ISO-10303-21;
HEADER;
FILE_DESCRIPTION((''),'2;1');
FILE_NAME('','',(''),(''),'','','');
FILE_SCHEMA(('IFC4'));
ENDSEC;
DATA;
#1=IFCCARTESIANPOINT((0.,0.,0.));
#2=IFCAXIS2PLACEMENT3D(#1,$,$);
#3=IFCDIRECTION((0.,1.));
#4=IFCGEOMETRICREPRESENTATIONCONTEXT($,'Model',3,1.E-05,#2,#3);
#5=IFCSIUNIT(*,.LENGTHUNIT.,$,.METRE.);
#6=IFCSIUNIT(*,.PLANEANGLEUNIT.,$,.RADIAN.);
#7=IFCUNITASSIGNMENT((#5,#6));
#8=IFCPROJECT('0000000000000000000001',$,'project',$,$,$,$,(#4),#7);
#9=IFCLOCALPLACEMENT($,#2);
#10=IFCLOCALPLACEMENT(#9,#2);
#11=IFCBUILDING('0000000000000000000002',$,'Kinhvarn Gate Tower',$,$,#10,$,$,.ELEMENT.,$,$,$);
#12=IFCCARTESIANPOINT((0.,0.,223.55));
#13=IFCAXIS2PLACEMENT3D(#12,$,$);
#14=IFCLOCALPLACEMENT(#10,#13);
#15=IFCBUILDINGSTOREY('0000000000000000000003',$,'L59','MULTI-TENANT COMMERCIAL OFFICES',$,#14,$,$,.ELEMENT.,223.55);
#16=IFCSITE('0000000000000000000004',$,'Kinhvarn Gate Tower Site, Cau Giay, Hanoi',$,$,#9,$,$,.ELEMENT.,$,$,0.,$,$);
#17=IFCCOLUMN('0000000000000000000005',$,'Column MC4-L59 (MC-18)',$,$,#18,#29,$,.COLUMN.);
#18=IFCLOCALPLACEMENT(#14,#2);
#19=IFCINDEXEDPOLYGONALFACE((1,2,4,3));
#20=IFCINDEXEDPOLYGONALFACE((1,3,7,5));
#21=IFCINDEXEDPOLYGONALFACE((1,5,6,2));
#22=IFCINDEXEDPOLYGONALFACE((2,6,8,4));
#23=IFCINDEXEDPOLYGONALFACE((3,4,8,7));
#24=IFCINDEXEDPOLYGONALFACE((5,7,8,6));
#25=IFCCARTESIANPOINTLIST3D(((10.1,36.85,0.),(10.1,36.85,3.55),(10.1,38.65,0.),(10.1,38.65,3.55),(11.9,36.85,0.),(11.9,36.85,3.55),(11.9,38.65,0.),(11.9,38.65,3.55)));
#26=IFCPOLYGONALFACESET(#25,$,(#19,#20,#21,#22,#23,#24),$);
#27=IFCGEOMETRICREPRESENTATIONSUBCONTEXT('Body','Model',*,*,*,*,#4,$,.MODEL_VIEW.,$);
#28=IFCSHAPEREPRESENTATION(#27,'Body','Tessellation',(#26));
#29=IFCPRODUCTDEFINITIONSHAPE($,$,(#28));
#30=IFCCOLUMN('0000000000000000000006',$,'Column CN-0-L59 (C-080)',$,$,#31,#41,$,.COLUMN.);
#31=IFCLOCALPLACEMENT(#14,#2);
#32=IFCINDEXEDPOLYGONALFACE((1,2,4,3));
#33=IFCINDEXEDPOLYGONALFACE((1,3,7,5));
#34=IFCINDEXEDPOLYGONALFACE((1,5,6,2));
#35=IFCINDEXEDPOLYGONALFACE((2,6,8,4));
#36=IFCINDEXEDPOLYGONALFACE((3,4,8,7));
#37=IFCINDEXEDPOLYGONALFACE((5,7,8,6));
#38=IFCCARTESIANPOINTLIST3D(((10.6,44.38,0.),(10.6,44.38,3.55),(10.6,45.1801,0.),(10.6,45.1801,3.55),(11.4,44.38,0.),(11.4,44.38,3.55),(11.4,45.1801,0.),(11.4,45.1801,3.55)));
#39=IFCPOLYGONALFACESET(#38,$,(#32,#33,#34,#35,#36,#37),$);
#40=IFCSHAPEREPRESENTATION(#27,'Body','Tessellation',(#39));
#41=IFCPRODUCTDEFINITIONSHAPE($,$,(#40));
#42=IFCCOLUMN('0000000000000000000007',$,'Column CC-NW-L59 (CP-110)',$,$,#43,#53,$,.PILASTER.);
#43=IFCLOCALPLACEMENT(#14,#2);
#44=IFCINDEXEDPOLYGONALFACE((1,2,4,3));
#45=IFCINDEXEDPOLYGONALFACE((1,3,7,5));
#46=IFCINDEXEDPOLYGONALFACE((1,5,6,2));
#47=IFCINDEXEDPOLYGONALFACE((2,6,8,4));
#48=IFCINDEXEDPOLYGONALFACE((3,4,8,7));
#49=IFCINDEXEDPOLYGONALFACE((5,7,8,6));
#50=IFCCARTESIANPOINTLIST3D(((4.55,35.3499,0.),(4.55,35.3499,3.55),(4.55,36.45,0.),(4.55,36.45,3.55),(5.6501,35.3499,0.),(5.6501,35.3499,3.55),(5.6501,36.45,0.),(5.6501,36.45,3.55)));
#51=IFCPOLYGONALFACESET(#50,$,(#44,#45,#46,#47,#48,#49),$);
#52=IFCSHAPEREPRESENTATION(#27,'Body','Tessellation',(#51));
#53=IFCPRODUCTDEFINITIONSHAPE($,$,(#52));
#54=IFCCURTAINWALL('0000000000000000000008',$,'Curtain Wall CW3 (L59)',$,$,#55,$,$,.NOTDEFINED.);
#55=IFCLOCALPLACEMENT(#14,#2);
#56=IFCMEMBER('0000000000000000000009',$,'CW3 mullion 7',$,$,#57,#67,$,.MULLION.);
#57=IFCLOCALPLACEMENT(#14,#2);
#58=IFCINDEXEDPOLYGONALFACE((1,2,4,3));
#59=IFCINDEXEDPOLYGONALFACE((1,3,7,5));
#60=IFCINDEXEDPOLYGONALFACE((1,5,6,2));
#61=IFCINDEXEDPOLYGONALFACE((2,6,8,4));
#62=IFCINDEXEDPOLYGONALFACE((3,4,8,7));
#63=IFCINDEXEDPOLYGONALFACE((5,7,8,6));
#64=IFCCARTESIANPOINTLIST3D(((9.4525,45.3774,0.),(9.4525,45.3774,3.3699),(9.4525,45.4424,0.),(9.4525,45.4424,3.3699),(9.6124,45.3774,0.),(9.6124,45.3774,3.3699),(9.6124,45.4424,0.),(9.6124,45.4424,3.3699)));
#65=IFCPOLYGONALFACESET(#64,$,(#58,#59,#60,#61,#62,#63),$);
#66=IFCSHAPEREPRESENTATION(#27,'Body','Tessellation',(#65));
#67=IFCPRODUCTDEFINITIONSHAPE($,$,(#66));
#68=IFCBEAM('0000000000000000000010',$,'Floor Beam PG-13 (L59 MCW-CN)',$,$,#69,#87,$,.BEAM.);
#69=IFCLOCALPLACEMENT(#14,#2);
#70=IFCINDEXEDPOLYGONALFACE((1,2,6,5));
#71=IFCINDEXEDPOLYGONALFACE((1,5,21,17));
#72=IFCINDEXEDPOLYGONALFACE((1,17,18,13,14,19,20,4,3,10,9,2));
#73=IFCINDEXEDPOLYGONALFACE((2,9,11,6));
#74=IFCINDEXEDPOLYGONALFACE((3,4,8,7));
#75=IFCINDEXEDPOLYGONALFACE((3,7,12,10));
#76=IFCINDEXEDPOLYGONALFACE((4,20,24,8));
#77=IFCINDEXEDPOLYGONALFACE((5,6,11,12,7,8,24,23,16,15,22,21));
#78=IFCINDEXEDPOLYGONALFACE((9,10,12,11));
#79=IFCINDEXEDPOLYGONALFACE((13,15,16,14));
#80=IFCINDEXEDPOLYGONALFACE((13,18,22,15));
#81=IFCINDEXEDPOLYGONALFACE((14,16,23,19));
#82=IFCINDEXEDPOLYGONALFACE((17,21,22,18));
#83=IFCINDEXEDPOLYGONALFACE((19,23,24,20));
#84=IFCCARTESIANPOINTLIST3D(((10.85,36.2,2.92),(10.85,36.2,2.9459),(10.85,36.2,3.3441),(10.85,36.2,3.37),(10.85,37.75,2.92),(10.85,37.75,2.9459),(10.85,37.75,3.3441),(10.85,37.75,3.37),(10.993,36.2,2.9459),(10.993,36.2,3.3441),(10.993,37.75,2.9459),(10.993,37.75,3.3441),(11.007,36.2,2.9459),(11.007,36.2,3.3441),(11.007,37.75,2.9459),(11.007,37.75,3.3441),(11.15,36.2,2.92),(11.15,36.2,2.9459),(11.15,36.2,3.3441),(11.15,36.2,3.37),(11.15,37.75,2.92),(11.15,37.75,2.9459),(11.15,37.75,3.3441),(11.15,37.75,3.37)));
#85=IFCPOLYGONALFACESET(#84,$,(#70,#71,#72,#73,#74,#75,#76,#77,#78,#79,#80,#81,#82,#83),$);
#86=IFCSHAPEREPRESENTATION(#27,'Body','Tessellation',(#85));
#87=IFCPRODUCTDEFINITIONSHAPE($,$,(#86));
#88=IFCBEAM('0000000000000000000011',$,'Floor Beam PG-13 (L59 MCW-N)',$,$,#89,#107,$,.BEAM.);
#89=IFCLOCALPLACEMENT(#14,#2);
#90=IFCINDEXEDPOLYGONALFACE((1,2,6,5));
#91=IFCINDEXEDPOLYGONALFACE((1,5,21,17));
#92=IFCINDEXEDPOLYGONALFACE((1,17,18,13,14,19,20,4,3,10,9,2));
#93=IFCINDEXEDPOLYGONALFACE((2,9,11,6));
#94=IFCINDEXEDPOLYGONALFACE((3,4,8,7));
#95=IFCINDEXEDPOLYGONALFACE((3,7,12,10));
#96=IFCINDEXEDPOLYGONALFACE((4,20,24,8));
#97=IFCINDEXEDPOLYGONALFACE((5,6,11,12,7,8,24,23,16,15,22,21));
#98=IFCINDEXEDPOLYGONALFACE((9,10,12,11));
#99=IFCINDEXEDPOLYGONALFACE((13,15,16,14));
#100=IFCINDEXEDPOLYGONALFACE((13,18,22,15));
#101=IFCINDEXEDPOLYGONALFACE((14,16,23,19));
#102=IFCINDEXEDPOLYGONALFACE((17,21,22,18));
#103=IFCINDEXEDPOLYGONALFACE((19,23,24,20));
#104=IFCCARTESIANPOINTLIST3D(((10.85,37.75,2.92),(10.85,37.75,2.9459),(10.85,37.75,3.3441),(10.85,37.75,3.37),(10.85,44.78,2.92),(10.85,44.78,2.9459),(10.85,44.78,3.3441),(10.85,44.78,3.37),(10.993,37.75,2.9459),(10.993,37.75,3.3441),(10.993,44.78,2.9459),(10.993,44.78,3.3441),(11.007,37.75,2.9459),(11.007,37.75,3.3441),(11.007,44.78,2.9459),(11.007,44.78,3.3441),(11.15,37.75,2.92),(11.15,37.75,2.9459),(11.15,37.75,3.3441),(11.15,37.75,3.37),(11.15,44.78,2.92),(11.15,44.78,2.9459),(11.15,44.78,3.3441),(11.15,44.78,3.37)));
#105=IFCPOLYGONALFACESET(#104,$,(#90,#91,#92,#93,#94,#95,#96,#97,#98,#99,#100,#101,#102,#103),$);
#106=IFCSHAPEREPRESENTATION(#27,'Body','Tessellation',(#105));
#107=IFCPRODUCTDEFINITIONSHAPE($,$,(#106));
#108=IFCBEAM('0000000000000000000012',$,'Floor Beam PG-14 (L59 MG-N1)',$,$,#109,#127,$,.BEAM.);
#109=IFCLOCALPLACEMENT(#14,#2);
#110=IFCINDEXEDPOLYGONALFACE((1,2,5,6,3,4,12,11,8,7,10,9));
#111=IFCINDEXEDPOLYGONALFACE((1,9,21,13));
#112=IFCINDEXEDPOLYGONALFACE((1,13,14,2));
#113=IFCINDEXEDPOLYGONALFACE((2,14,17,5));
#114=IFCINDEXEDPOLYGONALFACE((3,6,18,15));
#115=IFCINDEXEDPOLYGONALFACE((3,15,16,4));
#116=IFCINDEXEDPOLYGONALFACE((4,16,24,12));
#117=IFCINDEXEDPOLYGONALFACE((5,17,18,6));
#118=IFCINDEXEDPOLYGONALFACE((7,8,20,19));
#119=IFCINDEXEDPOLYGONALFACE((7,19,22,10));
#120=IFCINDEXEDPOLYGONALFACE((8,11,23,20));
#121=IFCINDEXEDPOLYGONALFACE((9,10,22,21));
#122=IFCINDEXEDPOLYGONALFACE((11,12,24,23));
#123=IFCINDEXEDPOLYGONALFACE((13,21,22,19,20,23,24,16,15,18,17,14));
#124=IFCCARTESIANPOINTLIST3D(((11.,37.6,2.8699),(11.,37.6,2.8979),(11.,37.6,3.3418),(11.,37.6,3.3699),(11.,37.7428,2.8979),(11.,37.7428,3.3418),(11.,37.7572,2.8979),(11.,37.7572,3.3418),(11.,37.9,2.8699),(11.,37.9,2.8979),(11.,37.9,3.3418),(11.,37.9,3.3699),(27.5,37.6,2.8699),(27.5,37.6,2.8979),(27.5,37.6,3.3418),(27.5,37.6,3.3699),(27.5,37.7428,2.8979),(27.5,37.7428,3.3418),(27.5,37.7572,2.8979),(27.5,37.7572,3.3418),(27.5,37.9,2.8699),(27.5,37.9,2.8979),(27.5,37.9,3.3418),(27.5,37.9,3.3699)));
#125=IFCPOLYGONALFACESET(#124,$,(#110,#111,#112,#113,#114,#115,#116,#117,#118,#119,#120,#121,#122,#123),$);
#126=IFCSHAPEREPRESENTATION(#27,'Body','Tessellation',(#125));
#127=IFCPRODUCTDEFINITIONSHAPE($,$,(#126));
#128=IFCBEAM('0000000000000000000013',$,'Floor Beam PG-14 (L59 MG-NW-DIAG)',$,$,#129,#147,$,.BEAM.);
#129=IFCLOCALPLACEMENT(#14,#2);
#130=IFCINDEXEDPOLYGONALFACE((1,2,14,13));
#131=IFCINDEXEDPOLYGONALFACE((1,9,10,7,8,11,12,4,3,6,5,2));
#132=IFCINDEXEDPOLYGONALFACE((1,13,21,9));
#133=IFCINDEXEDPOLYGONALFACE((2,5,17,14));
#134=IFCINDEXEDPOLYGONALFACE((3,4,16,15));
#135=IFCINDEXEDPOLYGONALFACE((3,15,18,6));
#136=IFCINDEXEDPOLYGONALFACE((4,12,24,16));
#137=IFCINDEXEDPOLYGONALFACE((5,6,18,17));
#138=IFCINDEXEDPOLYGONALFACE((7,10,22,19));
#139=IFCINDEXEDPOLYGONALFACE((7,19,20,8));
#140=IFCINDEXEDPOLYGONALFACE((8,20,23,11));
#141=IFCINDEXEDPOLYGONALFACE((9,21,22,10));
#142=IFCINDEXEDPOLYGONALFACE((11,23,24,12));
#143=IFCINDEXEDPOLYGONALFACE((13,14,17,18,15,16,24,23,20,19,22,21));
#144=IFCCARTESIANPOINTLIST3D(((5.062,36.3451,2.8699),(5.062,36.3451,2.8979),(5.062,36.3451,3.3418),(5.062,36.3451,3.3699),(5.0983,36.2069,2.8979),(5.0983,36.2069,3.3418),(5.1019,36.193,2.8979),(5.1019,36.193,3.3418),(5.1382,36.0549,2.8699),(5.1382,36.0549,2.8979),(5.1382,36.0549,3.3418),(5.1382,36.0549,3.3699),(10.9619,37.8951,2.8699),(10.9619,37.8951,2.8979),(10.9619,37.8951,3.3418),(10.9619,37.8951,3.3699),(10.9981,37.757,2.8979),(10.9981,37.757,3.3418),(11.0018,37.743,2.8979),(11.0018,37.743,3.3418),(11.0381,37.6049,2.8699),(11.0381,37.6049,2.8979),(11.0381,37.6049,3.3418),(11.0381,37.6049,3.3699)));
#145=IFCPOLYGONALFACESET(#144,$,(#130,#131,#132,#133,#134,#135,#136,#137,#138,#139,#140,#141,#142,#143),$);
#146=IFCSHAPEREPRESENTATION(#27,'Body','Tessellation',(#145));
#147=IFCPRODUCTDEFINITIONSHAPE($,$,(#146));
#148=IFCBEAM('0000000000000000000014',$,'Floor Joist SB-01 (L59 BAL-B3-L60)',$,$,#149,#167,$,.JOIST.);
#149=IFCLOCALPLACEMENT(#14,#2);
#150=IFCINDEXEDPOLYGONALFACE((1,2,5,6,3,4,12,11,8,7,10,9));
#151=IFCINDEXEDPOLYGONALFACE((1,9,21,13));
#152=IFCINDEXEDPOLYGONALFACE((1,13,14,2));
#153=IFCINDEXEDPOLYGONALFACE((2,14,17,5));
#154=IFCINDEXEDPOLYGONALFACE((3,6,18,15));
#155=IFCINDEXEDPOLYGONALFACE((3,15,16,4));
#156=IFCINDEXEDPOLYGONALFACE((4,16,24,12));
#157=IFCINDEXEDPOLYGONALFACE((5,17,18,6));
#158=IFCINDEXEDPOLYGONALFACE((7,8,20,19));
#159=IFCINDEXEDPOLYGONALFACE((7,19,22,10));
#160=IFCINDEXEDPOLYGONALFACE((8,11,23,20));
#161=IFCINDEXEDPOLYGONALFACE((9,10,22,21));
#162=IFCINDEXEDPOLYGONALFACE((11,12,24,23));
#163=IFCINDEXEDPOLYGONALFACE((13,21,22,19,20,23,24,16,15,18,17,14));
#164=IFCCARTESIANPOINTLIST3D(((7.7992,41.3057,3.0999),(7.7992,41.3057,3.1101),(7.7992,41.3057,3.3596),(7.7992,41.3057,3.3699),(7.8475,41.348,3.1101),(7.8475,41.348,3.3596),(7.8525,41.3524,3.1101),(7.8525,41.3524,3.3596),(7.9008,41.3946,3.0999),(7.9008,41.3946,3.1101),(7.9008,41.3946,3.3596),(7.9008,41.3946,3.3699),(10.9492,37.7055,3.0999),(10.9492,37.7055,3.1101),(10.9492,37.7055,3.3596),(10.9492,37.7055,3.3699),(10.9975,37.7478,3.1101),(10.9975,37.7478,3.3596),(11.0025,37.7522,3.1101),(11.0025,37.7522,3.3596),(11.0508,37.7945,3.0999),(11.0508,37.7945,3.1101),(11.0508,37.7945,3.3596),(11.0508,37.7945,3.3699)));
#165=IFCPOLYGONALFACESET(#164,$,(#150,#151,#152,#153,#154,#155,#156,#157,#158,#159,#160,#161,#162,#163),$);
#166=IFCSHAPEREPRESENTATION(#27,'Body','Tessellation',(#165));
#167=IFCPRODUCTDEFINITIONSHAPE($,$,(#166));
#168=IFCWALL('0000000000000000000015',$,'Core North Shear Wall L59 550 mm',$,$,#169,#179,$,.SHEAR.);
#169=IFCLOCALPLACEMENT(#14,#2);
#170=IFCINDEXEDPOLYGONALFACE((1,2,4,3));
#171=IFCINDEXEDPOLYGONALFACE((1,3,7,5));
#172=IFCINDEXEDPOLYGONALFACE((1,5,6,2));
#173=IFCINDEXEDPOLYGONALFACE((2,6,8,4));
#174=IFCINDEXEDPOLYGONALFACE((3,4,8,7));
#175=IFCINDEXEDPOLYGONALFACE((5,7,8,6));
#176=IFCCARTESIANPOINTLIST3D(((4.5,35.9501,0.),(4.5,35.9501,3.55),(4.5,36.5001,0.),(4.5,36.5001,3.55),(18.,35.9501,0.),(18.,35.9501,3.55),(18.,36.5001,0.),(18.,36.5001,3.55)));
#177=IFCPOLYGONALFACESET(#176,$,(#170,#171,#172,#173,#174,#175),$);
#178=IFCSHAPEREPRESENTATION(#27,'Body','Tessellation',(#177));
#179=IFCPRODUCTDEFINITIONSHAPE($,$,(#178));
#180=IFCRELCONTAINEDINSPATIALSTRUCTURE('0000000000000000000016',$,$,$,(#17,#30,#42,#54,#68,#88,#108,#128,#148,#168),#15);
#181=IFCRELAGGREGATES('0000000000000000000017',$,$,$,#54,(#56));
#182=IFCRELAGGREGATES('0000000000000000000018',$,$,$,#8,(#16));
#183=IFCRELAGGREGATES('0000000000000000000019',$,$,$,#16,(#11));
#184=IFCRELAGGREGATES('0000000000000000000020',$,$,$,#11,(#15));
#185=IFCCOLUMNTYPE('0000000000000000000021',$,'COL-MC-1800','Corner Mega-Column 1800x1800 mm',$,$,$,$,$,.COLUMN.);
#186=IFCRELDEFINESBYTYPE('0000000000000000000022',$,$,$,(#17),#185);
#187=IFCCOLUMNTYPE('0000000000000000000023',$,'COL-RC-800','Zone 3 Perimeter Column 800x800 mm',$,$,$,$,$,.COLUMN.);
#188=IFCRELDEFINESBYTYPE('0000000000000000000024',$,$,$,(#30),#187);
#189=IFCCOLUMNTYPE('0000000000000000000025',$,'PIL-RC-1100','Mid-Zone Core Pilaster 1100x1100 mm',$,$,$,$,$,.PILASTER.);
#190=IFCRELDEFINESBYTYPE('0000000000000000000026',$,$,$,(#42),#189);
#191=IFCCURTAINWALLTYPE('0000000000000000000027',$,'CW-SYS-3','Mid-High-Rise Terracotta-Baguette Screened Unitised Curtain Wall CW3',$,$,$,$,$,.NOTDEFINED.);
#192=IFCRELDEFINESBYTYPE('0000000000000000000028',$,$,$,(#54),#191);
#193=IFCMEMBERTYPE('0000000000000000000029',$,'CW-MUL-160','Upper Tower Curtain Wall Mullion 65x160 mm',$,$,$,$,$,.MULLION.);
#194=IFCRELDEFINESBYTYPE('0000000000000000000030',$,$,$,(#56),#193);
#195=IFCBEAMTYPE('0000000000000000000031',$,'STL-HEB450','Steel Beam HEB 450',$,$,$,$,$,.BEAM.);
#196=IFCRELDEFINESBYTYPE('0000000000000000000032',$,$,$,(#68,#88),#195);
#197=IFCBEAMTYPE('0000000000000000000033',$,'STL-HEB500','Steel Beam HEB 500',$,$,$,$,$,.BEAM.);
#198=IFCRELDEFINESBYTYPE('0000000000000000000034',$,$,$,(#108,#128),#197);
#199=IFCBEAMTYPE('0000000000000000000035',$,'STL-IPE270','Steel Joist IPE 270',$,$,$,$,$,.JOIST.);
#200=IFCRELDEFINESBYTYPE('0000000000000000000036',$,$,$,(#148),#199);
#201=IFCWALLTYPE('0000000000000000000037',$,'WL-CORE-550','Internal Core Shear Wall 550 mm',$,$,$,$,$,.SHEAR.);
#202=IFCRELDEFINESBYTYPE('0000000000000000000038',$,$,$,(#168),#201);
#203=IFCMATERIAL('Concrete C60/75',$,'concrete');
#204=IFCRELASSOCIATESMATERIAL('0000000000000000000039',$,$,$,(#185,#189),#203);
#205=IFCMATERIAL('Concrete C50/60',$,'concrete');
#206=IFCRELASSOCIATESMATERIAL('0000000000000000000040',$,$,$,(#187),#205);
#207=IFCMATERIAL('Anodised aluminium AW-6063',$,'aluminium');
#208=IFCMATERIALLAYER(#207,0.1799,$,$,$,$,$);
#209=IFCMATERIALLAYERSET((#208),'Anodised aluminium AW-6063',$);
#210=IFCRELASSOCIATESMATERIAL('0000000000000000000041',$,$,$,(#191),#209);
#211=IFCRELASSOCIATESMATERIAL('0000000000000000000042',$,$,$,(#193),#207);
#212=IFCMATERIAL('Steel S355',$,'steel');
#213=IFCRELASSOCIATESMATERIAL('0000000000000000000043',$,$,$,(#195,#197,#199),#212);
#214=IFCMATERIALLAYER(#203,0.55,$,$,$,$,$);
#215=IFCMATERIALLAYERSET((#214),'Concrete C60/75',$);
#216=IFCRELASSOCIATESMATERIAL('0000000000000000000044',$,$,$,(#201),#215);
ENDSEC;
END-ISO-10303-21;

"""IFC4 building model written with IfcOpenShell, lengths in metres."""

from ifc_helpers import new_model, si_unit, direction, frame, frame_2d, origin, origin_2d, place, context, subcontext, project, spatial, rectangle, i_section, extrude, material, layer, layer_set, material_profile, profile_set, type_object, element, aggregate, save


model = new_model("IFC4")

# Units and contexts
model_context = context("Model", 3, precision=1e-05, world=origin(), true_north=direction((0.0, 1.0)))
body_context = subcontext(model_context, "Body", "Model", "MODEL_VIEW")
ifc_project = project(units=[si_unit("LENGTHUNIT", "METRE"), si_unit("PLANEANGLEUNIT", "RADIAN")], contexts=[model_context])

# Site, building, storey
site_placement = place(None, origin())
site = spatial("IfcSite", under=ifc_project, at=site_placement, Name="Kinhvarn Gate Tower Site, Cau Giay, Hanoi", CompositionType="ELEMENT", RefElevation=0.0)
building_placement = place(site_placement, origin())
building = spatial("IfcBuilding", under=site, at=building_placement, Name="Kinhvarn Gate Tower", CompositionType="ELEMENT")
storey_placement = place(building_placement, frame((0.0, 0.0, 223.55)))
storey = spatial("IfcBuildingStorey", under=building, at=storey_placement, Name="L59", Description="MULTI-TENANT COMMERCIAL OFFICES", CompositionType="ELEMENT", Elevation=223.55)

# Columns
ifc_material_1 = material(Name="Concrete C60/75", Category="concrete")
ifc_material_profile_1 = material_profile(ifc_material_1, rectangle(XDim=1.8, YDim=1.8, at=origin_2d()), Name="RC 1800x1800")
ifc_profile_set_1 = profile_set([ifc_material_profile_1], Name="Concrete C60/75")
column_type_1 = type_object("IfcColumnType", Name="COL-MC-1800", Description="Corner Mega-Column 1800x1800 mm", PredefinedType="COLUMN", material=ifc_profile_set_1)
column_1_placement = place(storey_placement, frame((11.0, 37.75, 0.0), z_axis=(0.0, 0.0, 1.0), x_axis=(1.0, 0.0, 0.0)))
element("IfcColumn", 1, at=column_1_placement, inside=storey, type_object=column_type_1, Name="Column MC4-L59 (MC-18)", PredefinedType="COLUMN", context=body_context, shape_type="SweptSolid", body=[
    extrude(rectangle(XDim=1.8, YDim=1.8, at=origin_2d()), origin(), (0.0, 0.0, 1.0), 3.55),
])
ifc_material_2 = material(Name="Concrete C50/60", Category="concrete")
ifc_material_profile_2 = material_profile(ifc_material_2, rectangle(XDim=0.8, YDim=0.8, at=origin_2d()), Name="RC 800x800")
ifc_profile_set_2 = profile_set([ifc_material_profile_2], Name="Concrete C50/60")
column_type_2 = type_object("IfcColumnType", Name="COL-RC-800", Description="Zone 3 Perimeter Column 800x800 mm", PredefinedType="COLUMN", material=ifc_profile_set_2)
column_2_placement = place(storey_placement, frame((11.0, 44.78, 0.0), z_axis=(0.0, 0.0, 1.0), x_axis=(1.0, 0.0, 0.0)))
element("IfcColumn", 2, at=column_2_placement, inside=storey, type_object=column_type_2, Name="Column CN-0-L59 (C-080)", PredefinedType="COLUMN", context=body_context, shape_type="SweptSolid", body=[
    extrude(rectangle(XDim=0.8, YDim=0.8, at=origin_2d()), origin(), (0.0, 0.0, 1.0), 3.55),
])
ifc_material_profile_3 = material_profile(ifc_material_1, rectangle(XDim=1.1001, YDim=1.1001, at=origin_2d()), Name="RC 1100x1100")
ifc_profile_set_3 = profile_set([ifc_material_profile_3], Name="Concrete C60/75")
column_type_3 = type_object("IfcColumnType", Name="PIL-RC-1100", Description="Mid-Zone Core Pilaster 1100x1100 mm", PredefinedType="PILASTER", material=ifc_profile_set_3)
column_3_placement = place(storey_placement, frame((5.1001, 35.8999, 0.0), z_axis=(0.0, 0.0, 1.0), x_axis=(1.0, 0.0, 0.0)))
element("IfcColumn", 3, at=column_3_placement, inside=storey, type_object=column_type_3, Name="Column CC-NW-L59 (CP-110)", PredefinedType="PILASTER", context=body_context, shape_type="SweptSolid", body=[
    extrude(rectangle(XDim=1.1001, YDim=1.1001, at=origin_2d()), origin(), (0.0, 0.0, 1.0), 3.55),
])

# Curtain wall, member
ifc_material_3 = material(Name="Anodised aluminium AW-6063", Category="aluminium")
ifc_layer_1 = layer(ifc_material_3, 0.1799)
ifc_layer_set_1 = layer_set([ifc_layer_1], Name="Anodised aluminium AW-6063")
curtain_wall_type = type_object("IfcCurtainWallType", Name="CW-SYS-3", Description="Mid-High-Rise Terracotta-Baguette Screened Unitised Curtain Wall CW3", PredefinedType="NOTDEFINED", material=ifc_layer_set_1)
curtain_wall_placement = place(storey_placement, origin())
curtain_wall = element("IfcCurtainWall", 4, at=curtain_wall_placement, inside=storey, type_object=curtain_wall_type, Name="Curtain Wall CW3 (L59)", PredefinedType="NOTDEFINED")
ifc_material_profile_4 = material_profile(ifc_material_3, rectangle(XDim=0.0649, YDim=0.1599, at=origin_2d()), Name="ALU 65x160")
ifc_profile_set_4 = profile_set([ifc_material_profile_4], Name="Anodised aluminium AW-6063")
member_type = type_object("IfcMemberType", Name="CW-MUL-160", Description="Upper Tower Curtain Wall Mullion 65x160 mm", PredefinedType="MULLION", material=ifc_profile_set_4)
member_placement = place(storey_placement, frame((9.5325, 45.4099, 0.0), z_axis=(0.0, 0.0, 1.0), x_axis=(0.0, -1.0, 0.0)))
member = element("IfcMember", 5, at=member_placement, type_object=member_type, Name="CW3 mullion 7", PredefinedType="MULLION", context=body_context, shape_type="SweptSolid", body=[
    extrude(rectangle(XDim=0.0649, YDim=0.1599, at=origin_2d()), origin(), (0.0, 0.0, 1.0), 3.3699),
])
aggregate(curtain_wall, [member])

# Beams
ifc_material_4 = material(Name="Steel S355", Category="steel")
ifc_material_profile_5 = material_profile(ifc_material_4, i_section(OverallWidth=0.3, OverallDepth=0.45, WebThickness=0.0139, FlangeThickness=0.0259, at=origin_2d()), Name="HEB 450")
ifc_profile_set_5 = profile_set([ifc_material_profile_5], Name="Steel S355")
beam_type_1 = type_object("IfcBeamType", Name="STL-HEB450", Description="Steel Beam HEB 450", PredefinedType="BEAM", material=ifc_profile_set_5)
beam_1_placement = place(storey_placement, frame((11.0, 36.2, 3.145), z_axis=(0.0, 1.0, 0.0), x_axis=(-1.0, 0.0, 0.0)))
element("IfcBeam", 6, at=beam_1_placement, inside=storey, type_object=beam_type_1, Name="Floor Beam PG-13 (L59 MCW-CN)", PredefinedType="BEAM", context=body_context, shape_type="SweptSolid", body=[
    extrude(i_section(OverallWidth=0.3, OverallDepth=0.45, WebThickness=0.0139, FlangeThickness=0.0259, at=origin_2d()), origin(), (0.0, 0.0, 1.0), 1.55),
])
beam_2_placement = place(storey_placement, frame((11.0, 37.75, 3.145), z_axis=(0.0, 1.0, 0.0), x_axis=(-1.0, 0.0, 0.0)))
element("IfcBeam", 7, at=beam_2_placement, inside=storey, type_object=beam_type_1, Name="Floor Beam PG-13 (L59 MCW-N)", PredefinedType="BEAM", context=body_context, shape_type="SweptSolid", body=[
    extrude(i_section(OverallWidth=0.3, OverallDepth=0.45, WebThickness=0.0139, FlangeThickness=0.0259, at=origin_2d()), origin(), (0.0, 0.0, 1.0), 7.03),
])
ifc_material_profile_6 = material_profile(ifc_material_4, i_section(OverallWidth=0.3, OverallDepth=0.5, WebThickness=0.0144, FlangeThickness=0.0281, at=origin_2d()), Name="HEB 500")
ifc_profile_set_6 = profile_set([ifc_material_profile_6], Name="Steel S355")
beam_type_2 = type_object("IfcBeamType", Name="STL-HEB500", Description="Steel Beam HEB 500", PredefinedType="BEAM", material=ifc_profile_set_6)
beam_3_placement = place(storey_placement, frame((11.0, 37.75, 3.1199), z_axis=(1.0, 0.0, 0.0), x_axis=(0.0, 1.0, 0.0)))
element("IfcBeam", 8, at=beam_3_placement, inside=storey, type_object=beam_type_2, Name="Floor Beam PG-14 (L59 MG-N1)", PredefinedType="BEAM", context=body_context, shape_type="SweptSolid", body=[
    extrude(i_section(OverallWidth=0.3, OverallDepth=0.5, WebThickness=0.0144, FlangeThickness=0.0281, at=origin_2d()), origin(), (0.0, 0.0, 1.0), 16.5),
])
beam_4_placement = place(storey_placement, frame((5.1001, 36.2, 3.1199), z_axis=(0.967178, 0.254101, 0.0), x_axis=(-0.254101, 0.967178, 0.0)))
element("IfcBeam", 9, at=beam_4_placement, inside=storey, type_object=beam_type_2, Name="Floor Beam PG-14 (L59 MG-NW-DIAG)", PredefinedType="BEAM", context=body_context, shape_type="SweptSolid", body=[
    extrude(i_section(OverallWidth=0.3, OverallDepth=0.5, WebThickness=0.0144, FlangeThickness=0.0281, at=origin_2d()), origin(), (0.0, 0.0, 1.0), 6.1001),
])
ifc_material_profile_7 = material_profile(ifc_material_4, i_section(OverallWidth=0.135, OverallDepth=0.27, WebThickness=0.0066, FlangeThickness=0.0103, at=origin_2d()), Name="IPE 270")
ifc_profile_set_7 = profile_set([ifc_material_profile_7], Name="Steel S355")
beam_type_3 = type_object("IfcBeamType", Name="STL-IPE270", Description="Steel Joist IPE 270", PredefinedType="JOIST", material=ifc_profile_set_7)
beam_5_placement = place(storey_placement, frame((11.0, 37.75, 3.2349), z_axis=(-0.658483, 0.752596, 0.0), x_axis=(-0.752596, -0.658483, 0.0)))
element("IfcBeam", 10, at=beam_5_placement, inside=storey, type_object=beam_type_3, Name="Floor Joist SB-01 (L59 BAL-B3-L60)", PredefinedType="JOIST", context=body_context, shape_type="SweptSolid", body=[
    extrude(i_section(OverallWidth=0.135, OverallDepth=0.27, WebThickness=0.0066, FlangeThickness=0.0103, at=origin_2d()), origin(), (0.0, 0.0, 1.0), 4.7837),
])

# Wall
ifc_layer_2 = layer(ifc_material_1, 0.55)
ifc_layer_set_2 = layer_set([ifc_layer_2], Name="Concrete C60/75")
wall_type_1 = type_object("IfcWallType", Name="WL-CORE-550", Description="Internal Core Shear Wall 550 mm", PredefinedType="SHEAR", material=ifc_layer_set_2)
wall_1_placement = place(storey_placement, frame((4.5, 36.2251, 0.0), z_axis=(0.0, 0.0, 1.0), x_axis=(1.0, 0.0, 0.0)))
element("IfcWall", 11, at=wall_1_placement, inside=storey, type_object=wall_type_1, Name="Core North Shear Wall L59 550 mm", PredefinedType="SHEAR", context=body_context, shape_type="SweptSolid", body=[
    extrude(rectangle(XDim=13.5, YDim=0.55, at=frame_2d((6.75, 0.0))), origin(), (0.0, 0.0, 1.0), 3.55),
])

save(model, "model.ifc")
